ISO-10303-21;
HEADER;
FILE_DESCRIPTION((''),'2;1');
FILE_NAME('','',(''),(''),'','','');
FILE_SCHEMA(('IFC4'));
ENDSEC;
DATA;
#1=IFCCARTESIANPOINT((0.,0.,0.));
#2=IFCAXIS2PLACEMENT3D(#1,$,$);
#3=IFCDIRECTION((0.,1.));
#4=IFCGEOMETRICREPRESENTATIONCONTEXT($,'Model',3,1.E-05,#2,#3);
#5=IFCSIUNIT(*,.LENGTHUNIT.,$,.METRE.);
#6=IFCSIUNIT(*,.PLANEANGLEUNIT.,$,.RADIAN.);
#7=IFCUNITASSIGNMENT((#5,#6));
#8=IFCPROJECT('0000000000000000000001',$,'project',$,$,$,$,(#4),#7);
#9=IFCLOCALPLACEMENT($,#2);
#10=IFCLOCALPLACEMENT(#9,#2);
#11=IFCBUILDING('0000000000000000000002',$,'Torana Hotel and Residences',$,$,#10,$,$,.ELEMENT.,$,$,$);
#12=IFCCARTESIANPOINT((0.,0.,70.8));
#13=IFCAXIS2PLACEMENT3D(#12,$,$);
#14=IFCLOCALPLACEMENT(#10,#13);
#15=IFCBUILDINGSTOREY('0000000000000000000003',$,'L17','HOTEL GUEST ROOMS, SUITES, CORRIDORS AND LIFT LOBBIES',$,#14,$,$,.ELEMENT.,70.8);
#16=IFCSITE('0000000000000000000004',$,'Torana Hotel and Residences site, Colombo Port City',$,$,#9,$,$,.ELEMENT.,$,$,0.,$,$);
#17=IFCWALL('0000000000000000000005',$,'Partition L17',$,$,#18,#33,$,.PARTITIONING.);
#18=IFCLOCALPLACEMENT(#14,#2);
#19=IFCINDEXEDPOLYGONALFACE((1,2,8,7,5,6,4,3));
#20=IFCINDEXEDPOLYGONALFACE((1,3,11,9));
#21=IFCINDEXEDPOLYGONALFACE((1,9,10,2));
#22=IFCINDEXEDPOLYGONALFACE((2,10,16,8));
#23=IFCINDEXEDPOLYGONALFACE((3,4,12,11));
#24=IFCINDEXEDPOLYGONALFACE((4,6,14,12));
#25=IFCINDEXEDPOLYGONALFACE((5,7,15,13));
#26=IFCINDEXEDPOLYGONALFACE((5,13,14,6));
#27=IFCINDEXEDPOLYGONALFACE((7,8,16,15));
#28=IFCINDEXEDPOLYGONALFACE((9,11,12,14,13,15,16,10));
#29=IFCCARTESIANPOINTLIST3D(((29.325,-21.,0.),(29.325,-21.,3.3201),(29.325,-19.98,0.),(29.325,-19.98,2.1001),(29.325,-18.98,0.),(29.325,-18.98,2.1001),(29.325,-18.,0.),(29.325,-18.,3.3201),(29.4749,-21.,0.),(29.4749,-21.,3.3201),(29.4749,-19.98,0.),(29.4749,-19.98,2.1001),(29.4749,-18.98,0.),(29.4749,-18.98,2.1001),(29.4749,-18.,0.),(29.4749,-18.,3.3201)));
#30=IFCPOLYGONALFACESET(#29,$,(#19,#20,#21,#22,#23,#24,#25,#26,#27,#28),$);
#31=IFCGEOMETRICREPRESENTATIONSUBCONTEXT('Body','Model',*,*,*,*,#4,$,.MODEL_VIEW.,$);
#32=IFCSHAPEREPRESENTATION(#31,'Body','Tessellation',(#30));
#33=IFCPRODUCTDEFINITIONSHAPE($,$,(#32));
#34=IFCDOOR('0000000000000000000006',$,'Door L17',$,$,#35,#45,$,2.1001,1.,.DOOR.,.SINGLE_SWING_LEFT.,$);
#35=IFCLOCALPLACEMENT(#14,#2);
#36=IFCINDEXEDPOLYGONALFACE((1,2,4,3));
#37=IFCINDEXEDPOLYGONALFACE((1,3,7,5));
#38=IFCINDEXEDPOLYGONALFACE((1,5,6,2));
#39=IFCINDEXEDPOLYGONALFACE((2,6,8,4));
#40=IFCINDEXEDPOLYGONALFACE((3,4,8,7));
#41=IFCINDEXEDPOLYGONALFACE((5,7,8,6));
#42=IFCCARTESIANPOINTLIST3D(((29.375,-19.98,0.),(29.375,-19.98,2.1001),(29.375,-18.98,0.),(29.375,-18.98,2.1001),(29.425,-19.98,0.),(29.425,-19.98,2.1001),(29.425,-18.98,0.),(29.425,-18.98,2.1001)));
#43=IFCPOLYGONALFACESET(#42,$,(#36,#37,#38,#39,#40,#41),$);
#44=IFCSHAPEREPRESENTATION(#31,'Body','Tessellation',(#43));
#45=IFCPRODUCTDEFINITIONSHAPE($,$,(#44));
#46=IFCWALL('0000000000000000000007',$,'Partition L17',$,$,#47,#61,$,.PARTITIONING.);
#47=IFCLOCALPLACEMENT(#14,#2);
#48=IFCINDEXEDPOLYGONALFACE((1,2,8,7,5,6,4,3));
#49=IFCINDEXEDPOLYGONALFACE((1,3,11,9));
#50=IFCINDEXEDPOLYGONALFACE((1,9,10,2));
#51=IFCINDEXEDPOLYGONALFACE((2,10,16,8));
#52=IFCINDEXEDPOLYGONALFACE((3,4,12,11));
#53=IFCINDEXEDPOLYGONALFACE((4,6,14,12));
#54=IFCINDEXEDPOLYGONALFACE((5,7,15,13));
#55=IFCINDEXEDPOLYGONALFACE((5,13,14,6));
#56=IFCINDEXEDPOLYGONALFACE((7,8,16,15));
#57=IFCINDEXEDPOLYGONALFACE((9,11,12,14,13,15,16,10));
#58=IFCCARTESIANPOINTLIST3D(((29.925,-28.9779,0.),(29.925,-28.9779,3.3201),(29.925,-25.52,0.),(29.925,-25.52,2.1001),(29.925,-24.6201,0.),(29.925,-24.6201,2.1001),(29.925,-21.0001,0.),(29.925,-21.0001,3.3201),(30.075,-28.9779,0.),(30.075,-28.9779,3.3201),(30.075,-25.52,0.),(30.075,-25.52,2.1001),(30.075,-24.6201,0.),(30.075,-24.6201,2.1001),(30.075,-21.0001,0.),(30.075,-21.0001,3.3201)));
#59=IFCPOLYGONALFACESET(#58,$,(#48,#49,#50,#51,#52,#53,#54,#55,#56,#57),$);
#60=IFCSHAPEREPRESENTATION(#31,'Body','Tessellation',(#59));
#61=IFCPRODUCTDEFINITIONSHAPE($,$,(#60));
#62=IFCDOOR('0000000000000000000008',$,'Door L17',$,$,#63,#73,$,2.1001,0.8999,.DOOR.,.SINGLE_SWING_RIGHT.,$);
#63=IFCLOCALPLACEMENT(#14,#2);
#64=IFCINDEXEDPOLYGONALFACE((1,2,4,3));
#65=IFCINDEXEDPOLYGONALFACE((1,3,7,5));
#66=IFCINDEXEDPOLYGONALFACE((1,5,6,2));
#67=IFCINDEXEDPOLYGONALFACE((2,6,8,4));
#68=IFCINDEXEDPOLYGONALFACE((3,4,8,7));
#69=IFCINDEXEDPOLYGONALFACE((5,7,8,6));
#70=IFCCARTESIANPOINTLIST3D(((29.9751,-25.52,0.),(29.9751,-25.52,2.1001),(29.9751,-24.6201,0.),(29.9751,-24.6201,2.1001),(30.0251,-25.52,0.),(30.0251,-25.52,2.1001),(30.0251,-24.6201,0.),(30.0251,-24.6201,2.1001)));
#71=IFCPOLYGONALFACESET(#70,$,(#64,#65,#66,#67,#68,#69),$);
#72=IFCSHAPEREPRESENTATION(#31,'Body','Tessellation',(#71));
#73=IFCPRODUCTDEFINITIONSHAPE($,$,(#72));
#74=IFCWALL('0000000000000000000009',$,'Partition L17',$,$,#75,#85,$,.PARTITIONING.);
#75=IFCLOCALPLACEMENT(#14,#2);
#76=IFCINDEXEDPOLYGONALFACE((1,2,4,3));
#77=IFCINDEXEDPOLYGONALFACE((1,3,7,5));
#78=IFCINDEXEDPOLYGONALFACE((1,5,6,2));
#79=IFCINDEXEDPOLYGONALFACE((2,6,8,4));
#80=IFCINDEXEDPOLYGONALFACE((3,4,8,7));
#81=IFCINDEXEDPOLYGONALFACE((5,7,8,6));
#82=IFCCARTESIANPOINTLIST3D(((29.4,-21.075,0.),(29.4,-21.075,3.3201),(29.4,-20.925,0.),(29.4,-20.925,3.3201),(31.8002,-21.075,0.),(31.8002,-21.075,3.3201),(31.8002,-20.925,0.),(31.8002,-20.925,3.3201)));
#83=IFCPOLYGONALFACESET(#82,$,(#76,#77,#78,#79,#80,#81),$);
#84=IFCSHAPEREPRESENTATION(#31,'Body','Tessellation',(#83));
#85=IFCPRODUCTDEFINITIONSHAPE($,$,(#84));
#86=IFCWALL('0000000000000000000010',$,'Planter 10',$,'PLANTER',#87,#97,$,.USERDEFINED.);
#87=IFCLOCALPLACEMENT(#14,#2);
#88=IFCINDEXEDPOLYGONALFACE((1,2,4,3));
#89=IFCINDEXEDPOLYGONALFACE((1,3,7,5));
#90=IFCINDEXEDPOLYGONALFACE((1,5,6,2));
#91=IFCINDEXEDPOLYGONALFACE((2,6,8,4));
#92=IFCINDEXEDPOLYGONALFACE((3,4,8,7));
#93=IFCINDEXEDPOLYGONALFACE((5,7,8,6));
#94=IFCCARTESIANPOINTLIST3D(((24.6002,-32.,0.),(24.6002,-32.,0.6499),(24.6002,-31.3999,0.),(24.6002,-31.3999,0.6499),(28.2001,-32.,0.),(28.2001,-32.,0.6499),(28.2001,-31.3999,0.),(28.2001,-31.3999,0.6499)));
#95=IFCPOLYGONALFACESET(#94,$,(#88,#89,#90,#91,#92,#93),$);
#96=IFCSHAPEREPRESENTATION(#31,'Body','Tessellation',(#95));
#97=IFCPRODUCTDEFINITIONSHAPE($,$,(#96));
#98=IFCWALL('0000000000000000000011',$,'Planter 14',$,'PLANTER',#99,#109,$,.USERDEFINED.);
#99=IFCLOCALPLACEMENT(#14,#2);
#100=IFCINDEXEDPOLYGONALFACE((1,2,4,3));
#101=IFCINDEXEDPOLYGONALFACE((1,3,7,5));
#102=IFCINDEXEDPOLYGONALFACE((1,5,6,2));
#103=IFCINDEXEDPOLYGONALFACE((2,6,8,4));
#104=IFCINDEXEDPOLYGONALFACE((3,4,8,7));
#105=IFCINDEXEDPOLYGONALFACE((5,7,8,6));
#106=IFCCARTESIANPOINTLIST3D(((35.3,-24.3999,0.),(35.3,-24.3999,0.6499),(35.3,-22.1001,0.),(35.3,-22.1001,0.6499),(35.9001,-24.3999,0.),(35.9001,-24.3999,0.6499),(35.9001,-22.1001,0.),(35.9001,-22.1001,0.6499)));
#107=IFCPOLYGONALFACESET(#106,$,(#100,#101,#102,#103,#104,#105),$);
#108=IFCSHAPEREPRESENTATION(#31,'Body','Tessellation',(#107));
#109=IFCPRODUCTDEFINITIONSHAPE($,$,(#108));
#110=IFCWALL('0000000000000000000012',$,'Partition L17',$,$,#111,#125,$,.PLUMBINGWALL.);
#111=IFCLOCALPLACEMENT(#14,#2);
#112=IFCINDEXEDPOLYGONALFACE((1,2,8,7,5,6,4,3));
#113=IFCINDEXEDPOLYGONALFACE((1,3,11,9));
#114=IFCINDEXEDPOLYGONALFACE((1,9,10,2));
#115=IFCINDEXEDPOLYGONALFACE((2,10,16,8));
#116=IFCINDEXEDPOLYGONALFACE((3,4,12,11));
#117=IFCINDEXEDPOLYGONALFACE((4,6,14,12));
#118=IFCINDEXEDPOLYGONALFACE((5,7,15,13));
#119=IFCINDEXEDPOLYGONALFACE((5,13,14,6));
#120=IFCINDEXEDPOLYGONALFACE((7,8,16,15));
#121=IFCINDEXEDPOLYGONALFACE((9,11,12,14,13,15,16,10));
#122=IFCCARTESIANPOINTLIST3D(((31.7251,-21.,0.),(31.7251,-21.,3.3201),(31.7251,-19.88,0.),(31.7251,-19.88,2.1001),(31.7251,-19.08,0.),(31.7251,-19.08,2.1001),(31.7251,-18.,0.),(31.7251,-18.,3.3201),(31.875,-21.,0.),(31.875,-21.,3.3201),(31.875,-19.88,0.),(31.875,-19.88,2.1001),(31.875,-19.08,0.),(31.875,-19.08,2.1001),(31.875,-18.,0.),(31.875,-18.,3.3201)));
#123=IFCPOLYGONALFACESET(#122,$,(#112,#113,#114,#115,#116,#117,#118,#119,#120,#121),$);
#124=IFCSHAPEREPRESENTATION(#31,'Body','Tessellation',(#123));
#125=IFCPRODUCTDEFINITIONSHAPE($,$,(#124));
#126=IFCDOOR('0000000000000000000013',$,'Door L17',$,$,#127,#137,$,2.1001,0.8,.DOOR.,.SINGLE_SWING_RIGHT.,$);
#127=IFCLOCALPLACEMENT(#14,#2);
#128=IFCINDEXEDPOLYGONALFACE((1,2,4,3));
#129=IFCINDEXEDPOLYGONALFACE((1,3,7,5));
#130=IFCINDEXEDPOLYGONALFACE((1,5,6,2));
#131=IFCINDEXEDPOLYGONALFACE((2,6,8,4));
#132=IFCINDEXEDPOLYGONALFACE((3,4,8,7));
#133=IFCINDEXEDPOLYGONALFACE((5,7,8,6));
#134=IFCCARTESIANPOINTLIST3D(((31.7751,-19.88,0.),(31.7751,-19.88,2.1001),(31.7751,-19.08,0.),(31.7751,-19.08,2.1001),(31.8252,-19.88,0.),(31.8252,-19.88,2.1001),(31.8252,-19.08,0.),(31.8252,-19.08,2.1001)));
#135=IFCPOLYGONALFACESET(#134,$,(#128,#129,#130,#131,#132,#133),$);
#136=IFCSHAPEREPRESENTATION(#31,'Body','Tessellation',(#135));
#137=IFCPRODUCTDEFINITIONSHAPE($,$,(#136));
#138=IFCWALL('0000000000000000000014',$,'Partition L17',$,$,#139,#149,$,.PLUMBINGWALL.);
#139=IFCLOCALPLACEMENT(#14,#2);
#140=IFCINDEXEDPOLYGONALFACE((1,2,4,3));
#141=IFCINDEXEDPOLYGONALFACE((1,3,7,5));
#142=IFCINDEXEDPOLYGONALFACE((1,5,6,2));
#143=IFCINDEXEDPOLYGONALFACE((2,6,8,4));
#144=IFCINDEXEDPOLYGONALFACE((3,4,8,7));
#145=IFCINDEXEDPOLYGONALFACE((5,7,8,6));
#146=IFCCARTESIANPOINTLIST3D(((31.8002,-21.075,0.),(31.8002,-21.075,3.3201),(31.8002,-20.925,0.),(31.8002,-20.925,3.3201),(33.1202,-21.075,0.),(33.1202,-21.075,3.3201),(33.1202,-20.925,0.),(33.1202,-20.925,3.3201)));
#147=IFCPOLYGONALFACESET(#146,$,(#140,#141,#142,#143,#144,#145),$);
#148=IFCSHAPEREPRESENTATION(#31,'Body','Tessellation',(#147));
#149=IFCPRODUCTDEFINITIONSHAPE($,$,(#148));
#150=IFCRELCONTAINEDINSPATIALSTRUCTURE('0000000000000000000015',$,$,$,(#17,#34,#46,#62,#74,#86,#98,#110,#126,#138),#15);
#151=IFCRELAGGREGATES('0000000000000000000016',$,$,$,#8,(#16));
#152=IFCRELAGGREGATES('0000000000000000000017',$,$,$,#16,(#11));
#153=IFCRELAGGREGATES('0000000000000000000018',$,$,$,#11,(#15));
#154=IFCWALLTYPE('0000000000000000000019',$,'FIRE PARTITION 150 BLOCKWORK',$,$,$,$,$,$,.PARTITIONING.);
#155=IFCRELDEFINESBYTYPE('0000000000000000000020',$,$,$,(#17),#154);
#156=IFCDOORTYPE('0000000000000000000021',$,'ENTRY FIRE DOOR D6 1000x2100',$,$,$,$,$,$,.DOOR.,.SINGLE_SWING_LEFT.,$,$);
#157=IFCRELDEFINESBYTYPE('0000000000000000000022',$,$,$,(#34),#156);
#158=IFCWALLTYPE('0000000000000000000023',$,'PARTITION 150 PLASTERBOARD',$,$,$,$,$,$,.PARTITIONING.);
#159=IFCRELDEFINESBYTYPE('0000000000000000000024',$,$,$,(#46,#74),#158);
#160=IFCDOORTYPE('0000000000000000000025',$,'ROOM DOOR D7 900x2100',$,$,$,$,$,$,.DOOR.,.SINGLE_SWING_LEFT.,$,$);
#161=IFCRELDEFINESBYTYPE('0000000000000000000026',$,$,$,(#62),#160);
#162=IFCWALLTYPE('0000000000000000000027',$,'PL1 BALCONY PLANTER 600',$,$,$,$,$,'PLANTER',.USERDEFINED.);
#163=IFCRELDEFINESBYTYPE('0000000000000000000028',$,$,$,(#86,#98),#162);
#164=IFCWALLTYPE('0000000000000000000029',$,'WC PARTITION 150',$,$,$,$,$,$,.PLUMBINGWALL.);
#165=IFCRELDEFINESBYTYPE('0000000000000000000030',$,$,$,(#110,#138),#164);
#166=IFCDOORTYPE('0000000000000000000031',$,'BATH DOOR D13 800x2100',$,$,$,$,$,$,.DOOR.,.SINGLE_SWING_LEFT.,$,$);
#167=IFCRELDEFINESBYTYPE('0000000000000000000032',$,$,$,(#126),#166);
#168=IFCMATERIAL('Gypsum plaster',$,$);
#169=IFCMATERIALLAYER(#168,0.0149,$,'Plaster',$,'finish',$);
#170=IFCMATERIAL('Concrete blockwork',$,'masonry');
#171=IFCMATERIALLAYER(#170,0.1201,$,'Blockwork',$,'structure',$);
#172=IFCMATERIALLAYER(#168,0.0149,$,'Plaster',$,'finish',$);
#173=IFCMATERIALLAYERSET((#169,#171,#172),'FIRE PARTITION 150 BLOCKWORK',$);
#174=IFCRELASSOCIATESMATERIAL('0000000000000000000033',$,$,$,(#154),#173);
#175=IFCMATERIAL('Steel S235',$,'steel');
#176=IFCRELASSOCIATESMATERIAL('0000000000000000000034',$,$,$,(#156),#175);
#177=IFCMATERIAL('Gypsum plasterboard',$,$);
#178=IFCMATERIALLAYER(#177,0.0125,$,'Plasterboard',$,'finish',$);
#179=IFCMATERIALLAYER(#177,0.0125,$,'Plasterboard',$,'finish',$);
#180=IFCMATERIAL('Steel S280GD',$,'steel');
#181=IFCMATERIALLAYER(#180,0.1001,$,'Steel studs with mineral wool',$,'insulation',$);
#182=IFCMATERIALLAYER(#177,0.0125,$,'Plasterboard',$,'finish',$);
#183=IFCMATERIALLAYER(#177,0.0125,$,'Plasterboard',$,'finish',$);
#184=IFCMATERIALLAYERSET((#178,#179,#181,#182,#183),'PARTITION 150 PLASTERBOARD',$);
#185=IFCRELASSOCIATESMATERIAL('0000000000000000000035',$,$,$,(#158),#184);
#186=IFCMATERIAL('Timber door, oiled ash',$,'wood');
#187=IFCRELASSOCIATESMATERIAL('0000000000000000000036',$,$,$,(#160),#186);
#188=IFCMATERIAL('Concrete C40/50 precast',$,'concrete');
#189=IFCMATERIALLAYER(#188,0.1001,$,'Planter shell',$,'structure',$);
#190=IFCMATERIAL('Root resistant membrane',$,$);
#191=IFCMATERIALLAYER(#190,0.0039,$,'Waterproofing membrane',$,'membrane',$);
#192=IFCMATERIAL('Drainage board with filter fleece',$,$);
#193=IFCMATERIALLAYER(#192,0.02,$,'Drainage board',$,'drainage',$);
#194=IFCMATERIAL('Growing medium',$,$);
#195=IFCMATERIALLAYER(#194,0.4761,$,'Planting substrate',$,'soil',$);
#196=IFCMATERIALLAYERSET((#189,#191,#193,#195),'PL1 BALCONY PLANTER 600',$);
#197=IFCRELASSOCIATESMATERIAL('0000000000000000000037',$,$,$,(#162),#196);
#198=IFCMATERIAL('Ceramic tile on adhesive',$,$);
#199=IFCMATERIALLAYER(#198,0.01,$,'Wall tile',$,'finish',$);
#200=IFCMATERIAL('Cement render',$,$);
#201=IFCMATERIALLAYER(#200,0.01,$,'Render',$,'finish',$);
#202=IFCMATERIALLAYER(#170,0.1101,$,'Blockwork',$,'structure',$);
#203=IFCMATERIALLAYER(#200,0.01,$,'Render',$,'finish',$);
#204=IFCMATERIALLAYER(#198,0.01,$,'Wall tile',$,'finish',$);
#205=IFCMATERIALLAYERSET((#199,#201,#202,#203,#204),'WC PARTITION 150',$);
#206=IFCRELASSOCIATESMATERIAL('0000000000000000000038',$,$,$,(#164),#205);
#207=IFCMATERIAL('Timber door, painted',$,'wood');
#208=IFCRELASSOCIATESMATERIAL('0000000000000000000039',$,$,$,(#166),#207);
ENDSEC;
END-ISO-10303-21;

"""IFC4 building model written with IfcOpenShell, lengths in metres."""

from ifc_helpers import new_model, si_unit, direction, frame, frame_2d, origin, place, context, subcontext, project, spatial, rectangle, extrude, material, layer, layer_set, type_object, element, fill, save


model = new_model("IFC4")

# Units and contexts
model_context = context("Model", 3, precision=1e-05, world=origin(), true_north=direction((0.0, 1.0)))
body_context = subcontext(model_context, "Body", "Model", "MODEL_VIEW")
ifc_project = project(units=[si_unit("LENGTHUNIT", "METRE"), si_unit("PLANEANGLEUNIT", "RADIAN")], contexts=[model_context])

# Site, building, storey
site_placement = place(None, origin())
site = spatial("IfcSite", under=ifc_project, at=site_placement, Name="Torana Hotel and Residences site, Colombo Port City", CompositionType="ELEMENT", RefElevation=0.0)
building_placement = place(site_placement, origin())
building = spatial("IfcBuilding", under=site, at=building_placement, Name="Torana Hotel and Residences", CompositionType="ELEMENT")
storey_placement = place(building_placement, frame((0.0, 0.0, 70.8)))
storey = spatial("IfcBuildingStorey", under=building, at=storey_placement, Name="L17", Description="HOTEL GUEST ROOMS, SUITES, CORRIDORS AND LIFT LOBBIES", CompositionType="ELEMENT", Elevation=70.8)

# Shared definitions
ifc_material_1 = material(Name="Steel S280GD", Category="steel")

# Walls, openings, doors
ifc_material_2 = material(Name="Gypsum plaster")
ifc_layer_1 = layer(ifc_material_2, 0.0149, Name="Plaster", Category="finish")
ifc_material_3 = material(Name="Concrete blockwork", Category="masonry")
ifc_layer_2 = layer(ifc_material_3, 0.1201, Name="Blockwork", Category="structure")
ifc_layer_3 = layer(ifc_material_2, 0.0149, Name="Plaster", Category="finish")
ifc_layer_set_1 = layer_set([ifc_layer_1, ifc_layer_2, ifc_layer_3], Name="FIRE PARTITION 150 BLOCKWORK")
wall_type_1 = type_object("IfcWallType", Name="FIRE PARTITION 150 BLOCKWORK", PredefinedType="PARTITIONING", material=ifc_layer_set_1)
wall_1_placement = place(storey_placement, frame((29.3999, -21.0, 0.0), z_axis=(0.0, 0.0, 1.0), x_axis=(0.0, 1.0, 0.0)))
wall_1 = element("IfcWall", 1, at=wall_1_placement, inside=storey, type_object=wall_type_1, Name="Partition L17", PredefinedType="PARTITIONING", context=body_context, shape_type="SweptSolid", body=[
    extrude(rectangle(XDim=3.0, YDim=0.1499, at=frame_2d((1.5, 0.0))), origin(), (0.0, 0.0, 1.0), 3.3201),
])
opening_1_placement = place(wall_1_placement, frame((1.02, 0.0, 0.0)))
opening_1 = element("IfcOpeningElement", 2, at=opening_1_placement, cuts=wall_1, PredefinedType="OPENING", context=body_context, shape_type="SweptSolid", body=[
    extrude(rectangle(XDim=1.0, YDim=2.1001, at=frame_2d((0.5, 1.05))), frame((0.0, 0.085, 0.0), z_axis=(0.0, -1.0, 0.0), x_axis=(1.0, 0.0, 0.0)), (0.0, 0.0, 1.0), 0.1699),
])
ifc_material_4 = material(Name="Steel S235", Category="steel")
door_type_1 = type_object("IfcDoorType", Name="ENTRY FIRE DOOR D6 1000x2100", OperationType="SINGLE_SWING_LEFT", PredefinedType="DOOR", material=ifc_material_4)
door_1_placement = place(opening_1_placement, frame((0.5, 0.0, 0.0), z_axis=(0.0, 0.0, 1.0), x_axis=(-1.0, 0.0, 0.0)))
door_1 = element("IfcDoor", 3, at=door_1_placement, inside=storey, type_object=door_type_1, Name="Door L17", OperationType="SINGLE_SWING_LEFT", OverallHeight=2.1001, OverallWidth=1.0, PredefinedType="DOOR", context=body_context, shape_type="SweptSolid", body=[
    extrude(rectangle(XDim=1.0, YDim=2.1001, at=frame_2d((0.0, 1.05))), frame((0.0, -0.0249, 0.0), z_axis=(0.0, 1.0, 0.0), x_axis=(-1.0, 0.0, 0.0)), (0.0, 0.0, 1.0), 0.05),
])
fill(opening_1, door_1)
ifc_material_5 = material(Name="Gypsum plasterboard")
ifc_layer_4 = layer(ifc_material_5, 0.0125, Name="Plasterboard", Category="finish")
ifc_layer_5 = layer(ifc_material_5, 0.0125, Name="Plasterboard", Category="finish")
ifc_layer_6 = layer(ifc_material_1, 0.1001, Name="Steel studs with mineral wool", Category="insulation")
ifc_layer_7 = layer(ifc_material_5, 0.0125, Name="Plasterboard", Category="finish")
ifc_layer_8 = layer(ifc_material_5, 0.0125, Name="Plasterboard", Category="finish")
ifc_layer_set_2 = layer_set([ifc_layer_4, ifc_layer_5, ifc_layer_6, ifc_layer_7, ifc_layer_8], Name="PARTITION 150 PLASTERBOARD")
wall_type_2 = type_object("IfcWallType", Name="PARTITION 150 PLASTERBOARD", PredefinedType="PARTITIONING", material=ifc_layer_set_2)
wall_2_placement = place(storey_placement, frame((30.0, -28.9778, 0.0), z_axis=(0.0, 0.0, 1.0), x_axis=(0.0, 1.0, 0.0)))
wall_2 = element("IfcWall", 4, at=wall_2_placement, inside=storey, type_object=wall_type_2, Name="Partition L17", PredefinedType="PARTITIONING", context=body_context, shape_type="SweptSolid", body=[
    extrude(rectangle(XDim=7.9778, YDim=0.1499, at=frame_2d((3.9888, 0.0))), origin(), (0.0, 0.0, 1.0), 3.3201),
])
opening_2_placement = place(wall_2_placement, frame((3.4578, 0.0, 0.0)))
opening_2 = element("IfcOpeningElement", 5, at=opening_2_placement, cuts=wall_2, PredefinedType="OPENING", context=body_context, shape_type="SweptSolid", body=[
    extrude(rectangle(XDim=0.8999, YDim=2.1001, at=frame_2d((0.45, 1.05))), frame((0.0, 0.085, 0.0), z_axis=(0.0, -1.0, 0.0), x_axis=(1.0, 0.0, 0.0)), (0.0, 0.0, 1.0), 0.1699),
])
ifc_material_6 = material(Name="Timber door, oiled ash", Category="wood")
door_type_2 = type_object("IfcDoorType", Name="ROOM DOOR D7 900x2100", OperationType="SINGLE_SWING_LEFT", PredefinedType="DOOR", material=ifc_material_6)
door_2_placement = place(opening_2_placement, origin())
door_2 = element("IfcDoor", 6, at=door_2_placement, inside=storey, type_object=door_type_2, Name="Door L17", OperationType="SINGLE_SWING_RIGHT", OverallHeight=2.1001, OverallWidth=0.8999, PredefinedType="DOOR", context=body_context, shape_type="SweptSolid", body=[
    extrude(rectangle(XDim=0.8999, YDim=2.1001, at=frame_2d((0.45, 1.05))), frame((0.0, 0.0249, 0.0), z_axis=(0.0, -1.0, 0.0), x_axis=(1.0, 0.0, 0.0)), (0.0, 0.0, 1.0), 0.05),
])
fill(opening_2, door_2)

# Walls
wall_3_placement = place(storey_placement, frame((29.3999, -21.0, 0.0), z_axis=(0.0, 0.0, 1.0), x_axis=(1.0, 0.0, 0.0)))
element("IfcWall", 7, at=wall_3_placement, inside=storey, type_object=wall_type_2, Name="Partition L17", PredefinedType="PARTITIONING", context=body_context, shape_type="SweptSolid", body=[
    extrude(rectangle(XDim=2.4001, YDim=0.1499, at=frame_2d((1.2002, 0.0))), origin(), (0.0, 0.0, 1.0), 3.3201),
])
ifc_material_7 = material(Name="Concrete C40/50 precast", Category="concrete")
ifc_layer_9 = layer(ifc_material_7, 0.1001, Name="Planter shell", Category="structure")
ifc_material_8 = material(Name="Root resistant membrane")
ifc_layer_10 = layer(ifc_material_8, 0.0039, Name="Waterproofing membrane", Category="membrane")
ifc_material_9 = material(Name="Drainage board with filter fleece")
ifc_layer_11 = layer(ifc_material_9, 0.02, Name="Drainage board", Category="drainage")
ifc_material_10 = material(Name="Growing medium")
ifc_layer_12 = layer(ifc_material_10, 0.4761, Name="Planting substrate", Category="soil")
ifc_layer_set_3 = layer_set([ifc_layer_9, ifc_layer_10, ifc_layer_11, ifc_layer_12], Name="PL1 BALCONY PLANTER 600")
wall_type_3 = type_object("IfcWallType", Name="PL1 BALCONY PLANTER 600", ElementType="PLANTER", PredefinedType="USERDEFINED", material=ifc_layer_set_3)
wall_4_placement = place(storey_placement, frame((28.2, -31.7, 0.0), z_axis=(0.0, 0.0, 1.0), x_axis=(-1.0, 0.0, 0.0)))
element("IfcWall", 8, at=wall_4_placement, inside=storey, type_object=wall_type_3, Name="Planter 10", ObjectType="PLANTER", PredefinedType="USERDEFINED", context=body_context, shape_type="SweptSolid", body=[
    extrude(rectangle(XDim=3.5999, YDim=0.6001, at=frame_2d((1.7998, 0.0))), origin(), (0.0, 0.0, 1.0), 0.6499),
])
wall_5_placement = place(storey_placement, frame((35.6001, -22.1001, 0.0), z_axis=(0.0, 0.0, 1.0), x_axis=(0.0, -1.0, 0.0)))
element("IfcWall", 9, at=wall_5_placement, inside=storey, type_object=wall_type_3, Name="Planter 14", ObjectType="PLANTER", PredefinedType="USERDEFINED", context=body_context, shape_type="SweptSolid", body=[
    extrude(rectangle(XDim=2.2998, YDim=0.6001, at=frame_2d((1.1499, 0.0))), origin(), (0.0, 0.0, 1.0), 0.6499),
])

# Wall, opening, door
ifc_material_11 = material(Name="Ceramic tile on adhesive")
ifc_layer_13 = layer(ifc_material_11, 0.01, Name="Wall tile", Category="finish")
ifc_material_12 = material(Name="Cement render")
ifc_layer_14 = layer(ifc_material_12, 0.01, Name="Render", Category="finish")
ifc_layer_15 = layer(ifc_material_3, 0.1101, Name="Blockwork", Category="structure")
ifc_layer_16 = layer(ifc_material_12, 0.01, Name="Render", Category="finish")
ifc_layer_17 = layer(ifc_material_11, 0.01, Name="Wall tile", Category="finish")
ifc_layer_set_4 = layer_set([ifc_layer_13, ifc_layer_14, ifc_layer_15, ifc_layer_16, ifc_layer_17], Name="WC PARTITION 150")
wall_type_4 = type_object("IfcWallType", Name="WC PARTITION 150", PredefinedType="PLUMBINGWALL", material=ifc_layer_set_4)
wall_6_placement = place(storey_placement, frame((31.8, -21.0, 0.0), z_axis=(0.0, 0.0, 1.0), x_axis=(0.0, 1.0, 0.0)))
wall_6 = element("IfcWall", 10, at=wall_6_placement, inside=storey, type_object=wall_type_4, Name="Partition L17", PredefinedType="PLUMBINGWALL", context=body_context, shape_type="SweptSolid", body=[
    extrude(rectangle(XDim=3.0, YDim=0.1499, at=frame_2d((1.5, 0.0))), origin(), (0.0, 0.0, 1.0), 3.3201),
])
opening_3_placement = place(wall_6_placement, frame((1.1201, 0.0, 0.0)))
opening_3 = element("IfcOpeningElement", 11, at=opening_3_placement, cuts=wall_6, PredefinedType="OPENING", context=body_context, shape_type="SweptSolid", body=[
    extrude(rectangle(XDim=0.8, YDim=2.1001, at=frame_2d((0.3999, 1.05))), frame((0.0, 0.085, 0.0), z_axis=(0.0, -1.0, 0.0), x_axis=(1.0, 0.0, 0.0)), (0.0, 0.0, 1.0), 0.1699),
])
ifc_material_13 = material(Name="Timber door, painted", Category="wood")
door_type_3 = type_object("IfcDoorType", Name="BATH DOOR D13 800x2100", OperationType="SINGLE_SWING_LEFT", PredefinedType="DOOR", material=ifc_material_13)
door_3_placement = place(opening_3_placement, origin())
door_3 = element("IfcDoor", 12, at=door_3_placement, inside=storey, type_object=door_type_3, Name="Door L17", OperationType="SINGLE_SWING_RIGHT", OverallHeight=2.1001, OverallWidth=0.8, PredefinedType="DOOR", context=body_context, shape_type="SweptSolid", body=[
    extrude(rectangle(XDim=0.8, YDim=2.1001, at=frame_2d((0.3999, 1.05))), frame((0.0, 0.0249, 0.0), z_axis=(0.0, -1.0, 0.0), x_axis=(1.0, 0.0, 0.0)), (0.0, 0.0, 1.0), 0.05),
])
fill(opening_3, door_3)

# Wall
wall_7_placement = place(storey_placement, frame((31.8, -21.0, 0.0), z_axis=(0.0, 0.0, 1.0), x_axis=(1.0, 0.0, 0.0)))
element("IfcWall", 13, at=wall_7_placement, inside=storey, type_object=wall_type_4, Name="Partition L17", PredefinedType="PLUMBINGWALL", context=body_context, shape_type="SweptSolid", body=[
    extrude(rectangle(XDim=1.3201, YDim=0.1499, at=frame_2d((0.6602, 0.0))), origin(), (0.0, 0.0, 1.0), 3.3201),
])

save(model, "model.ifc")
